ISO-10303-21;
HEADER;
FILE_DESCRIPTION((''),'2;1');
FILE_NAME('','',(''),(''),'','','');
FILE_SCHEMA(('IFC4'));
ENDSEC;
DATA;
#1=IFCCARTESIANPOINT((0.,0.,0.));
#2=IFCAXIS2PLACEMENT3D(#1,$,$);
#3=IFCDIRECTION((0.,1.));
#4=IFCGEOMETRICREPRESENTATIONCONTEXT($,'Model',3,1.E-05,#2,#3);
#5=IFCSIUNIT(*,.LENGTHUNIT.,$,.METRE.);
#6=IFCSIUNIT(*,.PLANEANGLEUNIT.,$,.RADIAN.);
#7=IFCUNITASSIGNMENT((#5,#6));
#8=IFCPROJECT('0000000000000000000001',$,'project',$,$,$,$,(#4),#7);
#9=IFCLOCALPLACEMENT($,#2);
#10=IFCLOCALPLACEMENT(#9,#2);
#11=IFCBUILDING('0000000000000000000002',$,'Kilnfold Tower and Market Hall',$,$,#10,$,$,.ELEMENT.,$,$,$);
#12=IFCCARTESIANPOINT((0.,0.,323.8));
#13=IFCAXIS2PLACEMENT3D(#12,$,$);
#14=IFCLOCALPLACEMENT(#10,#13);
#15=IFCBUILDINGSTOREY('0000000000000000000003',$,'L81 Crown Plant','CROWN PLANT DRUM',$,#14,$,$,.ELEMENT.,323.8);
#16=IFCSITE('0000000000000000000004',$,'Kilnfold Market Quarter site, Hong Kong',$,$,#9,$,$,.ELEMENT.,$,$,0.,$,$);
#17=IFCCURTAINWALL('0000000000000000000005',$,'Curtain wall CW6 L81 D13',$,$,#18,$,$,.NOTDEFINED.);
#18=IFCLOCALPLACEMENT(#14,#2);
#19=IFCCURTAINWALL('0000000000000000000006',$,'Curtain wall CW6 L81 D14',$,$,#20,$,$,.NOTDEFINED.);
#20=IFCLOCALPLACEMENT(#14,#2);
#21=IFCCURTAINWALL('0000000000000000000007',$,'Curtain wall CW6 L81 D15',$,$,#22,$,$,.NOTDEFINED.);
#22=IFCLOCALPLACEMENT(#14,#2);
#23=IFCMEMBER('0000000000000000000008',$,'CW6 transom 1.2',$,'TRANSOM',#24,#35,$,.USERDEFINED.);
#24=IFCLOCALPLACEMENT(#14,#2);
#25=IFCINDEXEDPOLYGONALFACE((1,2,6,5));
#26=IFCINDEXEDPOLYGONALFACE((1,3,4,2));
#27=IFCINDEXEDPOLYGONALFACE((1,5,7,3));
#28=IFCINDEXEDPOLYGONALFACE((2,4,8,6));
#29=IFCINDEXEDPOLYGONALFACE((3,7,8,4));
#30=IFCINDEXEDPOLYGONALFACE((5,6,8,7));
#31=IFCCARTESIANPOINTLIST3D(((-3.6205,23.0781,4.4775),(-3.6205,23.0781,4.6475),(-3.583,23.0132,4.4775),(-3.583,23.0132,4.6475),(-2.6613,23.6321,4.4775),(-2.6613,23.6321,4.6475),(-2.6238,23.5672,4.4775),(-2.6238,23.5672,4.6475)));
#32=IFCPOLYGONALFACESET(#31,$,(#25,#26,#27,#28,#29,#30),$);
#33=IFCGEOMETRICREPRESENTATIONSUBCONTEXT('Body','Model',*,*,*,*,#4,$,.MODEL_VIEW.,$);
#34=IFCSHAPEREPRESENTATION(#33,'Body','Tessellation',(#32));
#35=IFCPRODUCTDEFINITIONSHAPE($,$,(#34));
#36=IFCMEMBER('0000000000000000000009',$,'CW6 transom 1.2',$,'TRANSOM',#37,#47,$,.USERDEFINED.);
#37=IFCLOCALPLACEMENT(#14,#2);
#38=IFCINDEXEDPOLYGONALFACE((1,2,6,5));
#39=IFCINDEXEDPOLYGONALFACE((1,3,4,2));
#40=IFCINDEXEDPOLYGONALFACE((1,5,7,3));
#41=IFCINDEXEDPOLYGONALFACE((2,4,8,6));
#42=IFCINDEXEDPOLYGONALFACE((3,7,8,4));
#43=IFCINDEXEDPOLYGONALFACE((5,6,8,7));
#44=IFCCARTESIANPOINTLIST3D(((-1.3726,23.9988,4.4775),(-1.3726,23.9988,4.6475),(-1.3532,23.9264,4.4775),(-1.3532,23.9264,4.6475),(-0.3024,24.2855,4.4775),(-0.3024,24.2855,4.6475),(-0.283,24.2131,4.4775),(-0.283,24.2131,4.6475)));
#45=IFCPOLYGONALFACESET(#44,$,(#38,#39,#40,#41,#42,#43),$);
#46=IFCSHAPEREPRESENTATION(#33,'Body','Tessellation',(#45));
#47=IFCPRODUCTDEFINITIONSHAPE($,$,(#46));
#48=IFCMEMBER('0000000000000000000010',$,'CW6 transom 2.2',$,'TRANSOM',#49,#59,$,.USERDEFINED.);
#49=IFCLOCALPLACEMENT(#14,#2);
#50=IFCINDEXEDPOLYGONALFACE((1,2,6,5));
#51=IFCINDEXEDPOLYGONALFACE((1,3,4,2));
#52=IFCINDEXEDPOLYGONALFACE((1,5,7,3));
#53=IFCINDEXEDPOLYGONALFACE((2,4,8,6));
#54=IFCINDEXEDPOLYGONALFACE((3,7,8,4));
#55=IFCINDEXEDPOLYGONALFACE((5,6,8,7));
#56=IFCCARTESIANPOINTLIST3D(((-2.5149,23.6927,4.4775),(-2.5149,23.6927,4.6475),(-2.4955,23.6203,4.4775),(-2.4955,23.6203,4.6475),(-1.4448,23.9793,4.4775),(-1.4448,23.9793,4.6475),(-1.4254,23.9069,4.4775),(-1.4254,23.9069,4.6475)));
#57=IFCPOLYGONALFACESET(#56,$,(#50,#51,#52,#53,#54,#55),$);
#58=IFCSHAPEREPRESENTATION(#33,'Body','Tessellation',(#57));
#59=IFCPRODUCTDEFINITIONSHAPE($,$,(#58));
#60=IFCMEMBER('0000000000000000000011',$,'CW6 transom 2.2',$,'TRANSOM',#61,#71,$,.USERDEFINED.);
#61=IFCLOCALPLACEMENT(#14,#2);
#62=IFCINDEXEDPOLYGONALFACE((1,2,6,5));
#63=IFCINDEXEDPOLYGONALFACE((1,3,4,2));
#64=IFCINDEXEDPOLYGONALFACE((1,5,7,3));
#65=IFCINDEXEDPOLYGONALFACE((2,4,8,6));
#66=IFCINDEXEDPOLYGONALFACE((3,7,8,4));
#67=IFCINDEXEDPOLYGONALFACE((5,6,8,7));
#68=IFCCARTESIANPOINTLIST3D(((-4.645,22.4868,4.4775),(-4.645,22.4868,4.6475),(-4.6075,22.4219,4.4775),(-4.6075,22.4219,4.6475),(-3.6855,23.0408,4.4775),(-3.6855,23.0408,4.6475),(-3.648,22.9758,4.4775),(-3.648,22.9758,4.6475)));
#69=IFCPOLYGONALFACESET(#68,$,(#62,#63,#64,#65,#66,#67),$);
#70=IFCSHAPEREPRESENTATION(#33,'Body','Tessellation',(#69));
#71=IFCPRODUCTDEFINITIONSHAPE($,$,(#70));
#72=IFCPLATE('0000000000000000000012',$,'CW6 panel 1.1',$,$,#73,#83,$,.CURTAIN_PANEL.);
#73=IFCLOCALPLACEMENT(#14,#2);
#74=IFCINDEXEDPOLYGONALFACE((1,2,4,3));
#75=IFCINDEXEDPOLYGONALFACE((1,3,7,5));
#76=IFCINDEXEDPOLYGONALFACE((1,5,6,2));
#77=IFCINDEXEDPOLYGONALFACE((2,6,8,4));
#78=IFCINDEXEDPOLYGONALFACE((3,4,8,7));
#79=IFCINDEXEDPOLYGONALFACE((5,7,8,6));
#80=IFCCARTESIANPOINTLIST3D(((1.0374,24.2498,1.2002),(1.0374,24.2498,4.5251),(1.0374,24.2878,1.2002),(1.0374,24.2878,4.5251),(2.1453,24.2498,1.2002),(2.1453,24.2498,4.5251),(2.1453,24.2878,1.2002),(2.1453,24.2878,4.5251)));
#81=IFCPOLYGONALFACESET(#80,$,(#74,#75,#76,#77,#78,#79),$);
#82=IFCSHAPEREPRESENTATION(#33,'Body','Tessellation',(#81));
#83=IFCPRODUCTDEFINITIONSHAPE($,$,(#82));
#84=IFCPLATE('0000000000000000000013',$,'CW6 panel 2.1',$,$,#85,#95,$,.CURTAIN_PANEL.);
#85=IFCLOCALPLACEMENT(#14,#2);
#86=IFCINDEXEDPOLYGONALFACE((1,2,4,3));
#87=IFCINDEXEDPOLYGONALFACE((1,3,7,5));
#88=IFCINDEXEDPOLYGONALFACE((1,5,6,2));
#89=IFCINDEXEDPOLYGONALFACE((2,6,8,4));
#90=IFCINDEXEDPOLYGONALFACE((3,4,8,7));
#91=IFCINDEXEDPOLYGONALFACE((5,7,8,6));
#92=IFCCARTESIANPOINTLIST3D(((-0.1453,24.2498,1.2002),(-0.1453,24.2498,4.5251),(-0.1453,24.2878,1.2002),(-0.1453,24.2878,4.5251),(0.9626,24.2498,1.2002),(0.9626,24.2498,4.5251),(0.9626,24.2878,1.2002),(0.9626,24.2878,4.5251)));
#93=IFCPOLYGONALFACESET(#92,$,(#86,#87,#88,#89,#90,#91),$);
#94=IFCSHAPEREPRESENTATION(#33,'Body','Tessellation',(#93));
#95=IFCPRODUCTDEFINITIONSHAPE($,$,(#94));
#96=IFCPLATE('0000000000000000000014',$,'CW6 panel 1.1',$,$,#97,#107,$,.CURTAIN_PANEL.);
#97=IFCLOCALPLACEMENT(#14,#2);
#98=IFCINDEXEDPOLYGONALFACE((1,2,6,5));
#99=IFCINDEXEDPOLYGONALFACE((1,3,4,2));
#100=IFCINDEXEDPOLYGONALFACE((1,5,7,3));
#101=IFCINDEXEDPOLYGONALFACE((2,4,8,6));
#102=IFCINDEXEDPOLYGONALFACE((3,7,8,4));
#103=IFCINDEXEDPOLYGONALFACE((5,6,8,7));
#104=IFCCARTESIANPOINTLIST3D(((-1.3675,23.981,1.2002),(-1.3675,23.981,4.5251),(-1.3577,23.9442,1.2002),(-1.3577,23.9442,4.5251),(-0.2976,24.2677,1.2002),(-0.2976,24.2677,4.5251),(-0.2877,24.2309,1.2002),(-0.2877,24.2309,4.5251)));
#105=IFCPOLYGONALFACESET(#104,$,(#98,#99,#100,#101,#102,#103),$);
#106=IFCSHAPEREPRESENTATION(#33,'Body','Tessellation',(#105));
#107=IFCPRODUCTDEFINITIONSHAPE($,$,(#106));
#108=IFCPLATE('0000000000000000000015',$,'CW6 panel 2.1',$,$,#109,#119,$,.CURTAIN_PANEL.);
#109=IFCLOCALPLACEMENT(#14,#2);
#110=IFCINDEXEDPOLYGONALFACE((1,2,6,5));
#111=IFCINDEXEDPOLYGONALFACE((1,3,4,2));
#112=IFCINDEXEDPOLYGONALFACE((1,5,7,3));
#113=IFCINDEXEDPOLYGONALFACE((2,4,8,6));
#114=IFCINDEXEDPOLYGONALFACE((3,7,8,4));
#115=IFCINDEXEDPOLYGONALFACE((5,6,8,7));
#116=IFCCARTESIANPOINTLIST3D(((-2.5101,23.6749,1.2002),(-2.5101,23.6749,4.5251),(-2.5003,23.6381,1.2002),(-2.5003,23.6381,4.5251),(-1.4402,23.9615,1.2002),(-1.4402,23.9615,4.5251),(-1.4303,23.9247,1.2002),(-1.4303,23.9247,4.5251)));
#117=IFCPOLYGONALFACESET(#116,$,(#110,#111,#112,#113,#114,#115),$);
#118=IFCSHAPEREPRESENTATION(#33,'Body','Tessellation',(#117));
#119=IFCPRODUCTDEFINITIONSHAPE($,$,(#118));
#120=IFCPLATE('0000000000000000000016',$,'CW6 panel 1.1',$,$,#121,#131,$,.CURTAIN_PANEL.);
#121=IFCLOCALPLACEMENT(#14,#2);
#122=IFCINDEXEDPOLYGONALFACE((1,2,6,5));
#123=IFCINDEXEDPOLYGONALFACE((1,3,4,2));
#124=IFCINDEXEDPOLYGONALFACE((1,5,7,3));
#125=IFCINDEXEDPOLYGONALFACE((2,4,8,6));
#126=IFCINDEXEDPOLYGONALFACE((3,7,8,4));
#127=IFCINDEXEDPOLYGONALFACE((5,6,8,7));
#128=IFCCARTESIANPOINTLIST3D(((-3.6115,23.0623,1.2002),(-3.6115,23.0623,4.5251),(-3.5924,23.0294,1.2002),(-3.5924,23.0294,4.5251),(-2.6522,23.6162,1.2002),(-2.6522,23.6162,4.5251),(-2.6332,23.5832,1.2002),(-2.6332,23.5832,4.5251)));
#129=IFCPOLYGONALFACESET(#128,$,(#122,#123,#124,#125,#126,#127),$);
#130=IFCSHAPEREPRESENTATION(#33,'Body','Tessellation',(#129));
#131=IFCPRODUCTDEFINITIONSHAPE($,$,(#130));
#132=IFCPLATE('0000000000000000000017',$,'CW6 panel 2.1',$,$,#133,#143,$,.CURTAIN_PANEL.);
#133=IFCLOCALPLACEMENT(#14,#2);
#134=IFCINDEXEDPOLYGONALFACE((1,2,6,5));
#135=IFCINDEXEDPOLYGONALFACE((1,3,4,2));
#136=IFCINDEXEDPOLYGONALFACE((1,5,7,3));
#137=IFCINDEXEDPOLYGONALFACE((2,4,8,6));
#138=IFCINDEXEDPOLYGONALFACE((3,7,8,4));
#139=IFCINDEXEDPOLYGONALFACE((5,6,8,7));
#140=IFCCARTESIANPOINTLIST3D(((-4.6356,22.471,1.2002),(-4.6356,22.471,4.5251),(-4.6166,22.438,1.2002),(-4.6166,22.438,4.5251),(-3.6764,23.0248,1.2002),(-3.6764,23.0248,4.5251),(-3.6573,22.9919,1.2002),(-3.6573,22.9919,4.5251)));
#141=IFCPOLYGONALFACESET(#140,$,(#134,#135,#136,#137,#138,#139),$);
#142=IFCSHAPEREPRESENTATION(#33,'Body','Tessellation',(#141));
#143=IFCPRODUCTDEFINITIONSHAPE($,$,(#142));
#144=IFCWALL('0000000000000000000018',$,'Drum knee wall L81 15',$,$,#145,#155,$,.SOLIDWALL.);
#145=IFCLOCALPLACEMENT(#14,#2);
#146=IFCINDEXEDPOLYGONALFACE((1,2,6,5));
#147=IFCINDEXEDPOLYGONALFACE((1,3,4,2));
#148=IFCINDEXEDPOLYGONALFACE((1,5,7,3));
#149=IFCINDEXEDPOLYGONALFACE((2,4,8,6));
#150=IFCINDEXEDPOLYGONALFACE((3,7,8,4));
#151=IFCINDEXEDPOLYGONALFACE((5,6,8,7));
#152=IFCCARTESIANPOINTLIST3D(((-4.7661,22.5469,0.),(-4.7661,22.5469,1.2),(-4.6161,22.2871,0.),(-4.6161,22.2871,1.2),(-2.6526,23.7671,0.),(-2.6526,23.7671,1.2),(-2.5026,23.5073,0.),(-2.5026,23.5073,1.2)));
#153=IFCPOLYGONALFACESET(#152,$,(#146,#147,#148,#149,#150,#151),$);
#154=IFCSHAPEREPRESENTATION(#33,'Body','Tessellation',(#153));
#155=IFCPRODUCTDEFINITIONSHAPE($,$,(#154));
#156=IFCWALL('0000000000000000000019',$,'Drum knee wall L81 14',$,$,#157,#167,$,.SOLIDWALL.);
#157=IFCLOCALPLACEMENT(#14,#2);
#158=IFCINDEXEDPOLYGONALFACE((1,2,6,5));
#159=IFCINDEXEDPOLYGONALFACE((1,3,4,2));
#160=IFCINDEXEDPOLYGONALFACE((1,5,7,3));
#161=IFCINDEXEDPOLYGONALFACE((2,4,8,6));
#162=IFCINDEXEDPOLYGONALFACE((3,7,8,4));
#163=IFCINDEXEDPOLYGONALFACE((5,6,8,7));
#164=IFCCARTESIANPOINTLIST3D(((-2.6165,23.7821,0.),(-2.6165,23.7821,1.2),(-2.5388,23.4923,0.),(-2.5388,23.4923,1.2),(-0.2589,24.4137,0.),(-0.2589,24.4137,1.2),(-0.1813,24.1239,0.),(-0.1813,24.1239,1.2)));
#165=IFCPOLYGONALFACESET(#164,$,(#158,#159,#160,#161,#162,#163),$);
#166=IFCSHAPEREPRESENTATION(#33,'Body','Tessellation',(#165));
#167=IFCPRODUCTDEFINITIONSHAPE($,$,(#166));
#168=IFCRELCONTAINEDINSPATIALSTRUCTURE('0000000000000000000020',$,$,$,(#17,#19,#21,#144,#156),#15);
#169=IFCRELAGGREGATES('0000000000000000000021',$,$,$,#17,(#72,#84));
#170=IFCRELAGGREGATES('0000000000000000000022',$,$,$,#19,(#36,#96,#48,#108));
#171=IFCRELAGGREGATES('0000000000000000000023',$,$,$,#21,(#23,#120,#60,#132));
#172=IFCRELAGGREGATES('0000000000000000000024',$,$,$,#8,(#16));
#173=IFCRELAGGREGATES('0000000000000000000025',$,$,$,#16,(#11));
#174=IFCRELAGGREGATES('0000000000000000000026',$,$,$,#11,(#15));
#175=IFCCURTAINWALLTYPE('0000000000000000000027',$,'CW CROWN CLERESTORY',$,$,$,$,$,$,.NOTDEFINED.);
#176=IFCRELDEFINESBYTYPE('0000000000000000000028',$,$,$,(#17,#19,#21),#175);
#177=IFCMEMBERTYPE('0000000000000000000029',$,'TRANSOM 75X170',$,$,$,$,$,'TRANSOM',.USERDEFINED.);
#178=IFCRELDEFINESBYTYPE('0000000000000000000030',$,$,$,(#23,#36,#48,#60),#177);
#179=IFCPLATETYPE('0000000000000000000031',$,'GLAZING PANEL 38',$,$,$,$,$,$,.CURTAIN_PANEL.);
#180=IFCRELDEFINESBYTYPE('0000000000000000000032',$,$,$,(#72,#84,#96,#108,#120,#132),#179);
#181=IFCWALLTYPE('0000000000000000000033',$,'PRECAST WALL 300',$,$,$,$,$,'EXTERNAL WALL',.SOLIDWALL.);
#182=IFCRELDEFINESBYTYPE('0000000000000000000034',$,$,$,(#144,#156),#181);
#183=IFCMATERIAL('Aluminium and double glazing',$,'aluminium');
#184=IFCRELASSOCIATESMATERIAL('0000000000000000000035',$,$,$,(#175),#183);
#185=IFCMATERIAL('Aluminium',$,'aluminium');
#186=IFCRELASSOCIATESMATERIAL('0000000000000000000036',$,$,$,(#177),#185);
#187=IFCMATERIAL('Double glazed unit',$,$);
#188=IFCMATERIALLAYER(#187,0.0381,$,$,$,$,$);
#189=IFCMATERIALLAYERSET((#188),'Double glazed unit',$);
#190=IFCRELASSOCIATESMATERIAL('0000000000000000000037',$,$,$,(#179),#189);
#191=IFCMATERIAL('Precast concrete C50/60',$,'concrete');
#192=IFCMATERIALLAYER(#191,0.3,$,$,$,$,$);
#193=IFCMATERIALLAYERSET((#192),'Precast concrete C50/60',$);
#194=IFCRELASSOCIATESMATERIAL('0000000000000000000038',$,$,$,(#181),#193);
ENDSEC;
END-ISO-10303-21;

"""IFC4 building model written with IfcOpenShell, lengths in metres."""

from ifc_helpers import new_model, si_unit, direction, frame, frame_2d, origin, origin_2d, place, context, subcontext, project, spatial, rectangle, extrude, source, transform, mapped, material, layer, layer_set, material_profile, profile_set, type_object, element, aggregate, save


model = new_model("IFC4")

# Units and contexts
model_context = context("Model", 3, precision=1e-05, world=origin(), true_north=direction((0.0, 1.0)))
body_context = subcontext(model_context, "Body", "Model", "MODEL_VIEW")
ifc_project = project(units=[si_unit("LENGTHUNIT", "METRE"), si_unit("PLANEANGLEUNIT", "RADIAN")], contexts=[model_context])

# Site, building, storey
site_placement = place(None, origin())
site = spatial("IfcSite", under=ifc_project, at=site_placement, Name="Kilnfold Market Quarter site, Hong Kong", CompositionType="ELEMENT", RefElevation=0.0)
building_placement = place(site_placement, origin())
building = spatial("IfcBuilding", under=site, at=building_placement, Name="Kilnfold Tower and Market Hall", CompositionType="ELEMENT")
storey_placement = place(building_placement, frame((0.0, 0.0, 323.8)))
storey = spatial("IfcBuildingStorey", under=building, at=storey_placement, Name="L81 Crown Plant", Description="CROWN PLANT DRUM", CompositionType="ELEMENT", Elevation=323.8)

# Curtain walls
ifc_material_1 = material(Name="Aluminium and double glazing", Category="aluminium")
curtain_wall_type = type_object("IfcCurtainWallType", Name="CW CROWN CLERESTORY", PredefinedType="NOTDEFINED", material=ifc_material_1)
curtain_wall_1_placement = place(storey_placement, origin())
curtain_wall_1 = element("IfcCurtainWall", 1, at=curtain_wall_1_placement, inside=storey, type_object=curtain_wall_type, Name="Curtain wall CW6 L81 D13", PredefinedType="NOTDEFINED")
curtain_wall_2_placement = place(storey_placement, origin())
curtain_wall_2 = element("IfcCurtainWall", 2, at=curtain_wall_2_placement, inside=storey, type_object=curtain_wall_type, Name="Curtain wall CW6 L81 D14", PredefinedType="NOTDEFINED")
curtain_wall_3_placement = place(storey_placement, origin())
curtain_wall_3 = element("IfcCurtainWall", 3, at=curtain_wall_3_placement, inside=storey, type_object=curtain_wall_type, Name="Curtain wall CW6 L81 D15", PredefinedType="NOTDEFINED")

# Members
ifc_material_2 = material(Name="Aluminium", Category="aluminium")
ifc_material_profile_1 = material_profile(ifc_material_2, rectangle(XDim=0.075, YDim=0.1699, at=origin_2d()), Name="TRANSOM 75x170")
ifc_profile_set_1 = profile_set([ifc_material_profile_1], Name="Aluminium")
member_type_1 = type_object("IfcMemberType", Name="TRANSOM 75X170", ElementType="TRANSOM", PredefinedType="USERDEFINED", material=ifc_profile_set_1)
shared_shape_1 = source(origin(), body_context, "Body", "SweptSolid", [
    extrude(rectangle(XDim=0.075, YDim=0.1699, at=origin_2d()), origin(), (0.0, 0.0, 1.0), 1.1077),
])
member_1_placement = place(storey_placement, frame((-2.6426, 23.5996, 4.5625), z_axis=(-0.865969, -0.500098, 0.0), x_axis=(0.500098, -0.865969, 0.0)))
member_1 = element("IfcMember", 4, at=member_1_placement, type_object=member_type_1, Name="CW6 transom 1.2", ObjectType="TRANSOM", PredefinedType="USERDEFINED", context=body_context, shape_type="MappedRepresentation", body=[
    mapped(shared_shape_1, transform((0.0, 0.0, 0.0))),
])
shared_shape_2 = source(origin(), body_context, "Body", "SweptSolid", [
    extrude(rectangle(XDim=0.075, YDim=0.1699, at=origin_2d()), origin(), (0.0, 0.0, 1.0), 1.1079),
])
member_2_placement = place(storey_placement, frame((-0.2927, 24.2493, 4.5625), z_axis=(-0.965949, -0.258732, 0.0), x_axis=(0.258732, -0.965949, 0.0)))
member_2 = element("IfcMember", 5, at=member_2_placement, type_object=member_type_1, Name="CW6 transom 1.2", ObjectType="TRANSOM", PredefinedType="USERDEFINED", context=body_context, shape_type="MappedRepresentation", body=[
    mapped(shared_shape_2, transform((0.0, 0.0, 0.0))),
])
member_3_placement = place(storey_placement, frame((-1.4351, 23.9431, 4.5625), z_axis=(-0.965949, -0.258732, 0.0), x_axis=(0.258732, -0.965949, 0.0)))
member_3 = element("IfcMember", 6, at=member_3_placement, type_object=member_type_1, Name="CW6 transom 2.2", ObjectType="TRANSOM", PredefinedType="USERDEFINED", context=body_context, shape_type="MappedRepresentation", body=[
    mapped(shared_shape_2, transform((0.0, 0.0, 0.0))),
])
member_4_placement = place(storey_placement, frame((-3.6667, 23.0083, 4.5625), z_axis=(-0.866024, -0.500002, 0.0), x_axis=(0.500002, -0.866024, 0.0)))
member_4 = element("IfcMember", 7, at=member_4_placement, type_object=member_type_1, Name="CW6 transom 2.2", ObjectType="TRANSOM", PredefinedType="USERDEFINED", context=body_context, shape_type="MappedRepresentation", body=[
    mapped(shared_shape_2, transform((0.0, 0.0, 0.0))),
])

# Plates
ifc_material_3 = material(Name="Double glazed unit")
ifc_layer_1 = layer(ifc_material_3, 0.0381)
ifc_layer_set_1 = layer_set([ifc_layer_1], Name="Double glazed unit")
plate_type = type_object("IfcPlateType", Name="GLAZING PANEL 38", PredefinedType="CURTAIN_PANEL", material=ifc_layer_set_1)
shared_shape_3 = source(origin(), body_context, "Body", "SweptSolid", [
    extrude(rectangle(XDim=1.1079, YDim=0.0381, at=origin_2d()), origin(), (0.0, 0.0, 1.0), 3.325),
])
plate_1_placement = place(storey_placement, frame((1.5913, 24.2688, 1.2002), z_axis=(0.0, 0.0, 1.0), x_axis=(-1.0, 0.0, 0.0)))
plate_1 = element("IfcPlate", 8, at=plate_1_placement, type_object=plate_type, Name="CW6 panel 1.1", PredefinedType="CURTAIN_PANEL", context=body_context, shape_type="MappedRepresentation", body=[
    mapped(shared_shape_3, transform((0.0, 0.0, 0.0))),
])
plate_2_placement = place(storey_placement, frame((0.4087, 24.2688, 1.2002), z_axis=(0.0, 0.0, 1.0), x_axis=(-1.0, 0.0, 0.0)))
plate_2 = element("IfcPlate", 9, at=plate_2_placement, type_object=plate_type, Name="CW6 panel 2.1", PredefinedType="CURTAIN_PANEL", context=body_context, shape_type="MappedRepresentation", body=[
    mapped(shared_shape_3, transform((0.0, 0.0, 0.0))),
])
aggregate(curtain_wall_1, [plate_1, plate_2])
shared_shape_4 = source(origin(), body_context, "Body", "SweptSolid", [
    extrude(rectangle(XDim=1.1077, YDim=0.0381, at=origin_2d()), origin(), (0.0, 0.0, 1.0), 3.325),
])
plate_3_placement = place(storey_placement, frame((-0.8276, 24.106, 1.2002), z_axis=(0.0, 0.0, 1.0), x_axis=(-0.96593, -0.258805, 0.0)))
plate_3 = element("IfcPlate", 10, at=plate_3_placement, type_object=plate_type, Name="CW6 panel 1.1", PredefinedType="CURTAIN_PANEL", context=body_context, shape_type="MappedRepresentation", body=[
    mapped(shared_shape_4, transform((0.0, 0.0, 0.0))),
])
plate_4_placement = place(storey_placement, frame((-1.9702, 23.7998, 1.2002), z_axis=(0.0, 0.0, 1.0), x_axis=(-0.96593, -0.258805, 0.0)))
plate_4 = element("IfcPlate", 11, at=plate_4_placement, type_object=plate_type, Name="CW6 panel 2.1", PredefinedType="CURTAIN_PANEL", context=body_context, shape_type="MappedRepresentation", body=[
    mapped(shared_shape_4, transform((0.0, 0.0, 0.0))),
])
aggregate(curtain_wall_2, [member_2, plate_3, member_3, plate_4])
plate_5_placement = place(storey_placement, frame((-3.1223, 23.3228, 1.2002), z_axis=(0.0, 0.0, 1.0), x_axis=(-0.866031, -0.499991, 0.0)))
plate_5 = element("IfcPlate", 12, at=plate_5_placement, type_object=plate_type, Name="CW6 panel 1.1", PredefinedType="CURTAIN_PANEL", context=body_context, shape_type="MappedRepresentation", body=[
    mapped(shared_shape_4, transform((0.0, 0.0, 0.0))),
])
plate_6_placement = place(storey_placement, frame((-4.1465, 22.7314, 1.2002), z_axis=(0.0, 0.0, 1.0), x_axis=(-0.866031, -0.499991, 0.0)))
plate_6 = element("IfcPlate", 13, at=plate_6_placement, type_object=plate_type, Name="CW6 panel 2.1", PredefinedType="CURTAIN_PANEL", context=body_context, shape_type="MappedRepresentation", body=[
    mapped(shared_shape_4, transform((0.0, 0.0, 0.0))),
])
aggregate(curtain_wall_3, [member_1, plate_5, member_4, plate_6])

# Walls
ifc_material_4 = material(Name="Precast concrete C50/60", Category="concrete")
ifc_layer_2 = layer(ifc_material_4, 0.3)
ifc_layer_set_2 = layer_set([ifc_layer_2], Name="Precast concrete C50/60")
wall_type_1 = type_object("IfcWallType", Name="PRECAST WALL 300", ElementType="EXTERNAL WALL", PredefinedType="SOLIDWALL", material=ifc_layer_set_2)
shared_shape_5 = source(origin(), body_context, "Body", "SweptSolid", [
    extrude(rectangle(XDim=2.4404, YDim=0.3, at=frame_2d((1.2202, 0.0))), origin(), (0.0, 0.0, 1.0), 1.2),
])
wall_1_placement = place(storey_placement, frame((-2.5776, 23.6372, 0.0), z_axis=(0.0, 0.0, 1.0), x_axis=(-0.866031, -0.499991, 0.0)))
element("IfcWall", 14, at=wall_1_placement, inside=storey, type_object=wall_type_1, Name="Drum knee wall L81 15", PredefinedType="SOLIDWALL", context=body_context, shape_type="MappedRepresentation", body=[
    mapped(shared_shape_5, transform((0.0, 0.0, 0.0))),
])
shared_shape_6 = source(origin(), body_context, "Body", "SweptSolid", [
    extrude(rectangle(XDim=2.4407, YDim=0.3, at=frame_2d((1.2202, 0.0))), origin(), (0.0, 0.0, 1.0), 1.2),
])
wall_2_placement = place(storey_placement, frame((-0.2202, 24.2688, 0.0), z_axis=(0.0, 0.0, 1.0), x_axis=(-0.965934, -0.258789, 0.0)))
element("IfcWall", 15, at=wall_2_placement, inside=storey, type_object=wall_type_1, Name="Drum knee wall L81 14", PredefinedType="SOLIDWALL", context=body_context, shape_type="MappedRepresentation", body=[
    mapped(shared_shape_6, transform((0.0, 0.0, 0.0))),
])

save(model, "model.ifc")
